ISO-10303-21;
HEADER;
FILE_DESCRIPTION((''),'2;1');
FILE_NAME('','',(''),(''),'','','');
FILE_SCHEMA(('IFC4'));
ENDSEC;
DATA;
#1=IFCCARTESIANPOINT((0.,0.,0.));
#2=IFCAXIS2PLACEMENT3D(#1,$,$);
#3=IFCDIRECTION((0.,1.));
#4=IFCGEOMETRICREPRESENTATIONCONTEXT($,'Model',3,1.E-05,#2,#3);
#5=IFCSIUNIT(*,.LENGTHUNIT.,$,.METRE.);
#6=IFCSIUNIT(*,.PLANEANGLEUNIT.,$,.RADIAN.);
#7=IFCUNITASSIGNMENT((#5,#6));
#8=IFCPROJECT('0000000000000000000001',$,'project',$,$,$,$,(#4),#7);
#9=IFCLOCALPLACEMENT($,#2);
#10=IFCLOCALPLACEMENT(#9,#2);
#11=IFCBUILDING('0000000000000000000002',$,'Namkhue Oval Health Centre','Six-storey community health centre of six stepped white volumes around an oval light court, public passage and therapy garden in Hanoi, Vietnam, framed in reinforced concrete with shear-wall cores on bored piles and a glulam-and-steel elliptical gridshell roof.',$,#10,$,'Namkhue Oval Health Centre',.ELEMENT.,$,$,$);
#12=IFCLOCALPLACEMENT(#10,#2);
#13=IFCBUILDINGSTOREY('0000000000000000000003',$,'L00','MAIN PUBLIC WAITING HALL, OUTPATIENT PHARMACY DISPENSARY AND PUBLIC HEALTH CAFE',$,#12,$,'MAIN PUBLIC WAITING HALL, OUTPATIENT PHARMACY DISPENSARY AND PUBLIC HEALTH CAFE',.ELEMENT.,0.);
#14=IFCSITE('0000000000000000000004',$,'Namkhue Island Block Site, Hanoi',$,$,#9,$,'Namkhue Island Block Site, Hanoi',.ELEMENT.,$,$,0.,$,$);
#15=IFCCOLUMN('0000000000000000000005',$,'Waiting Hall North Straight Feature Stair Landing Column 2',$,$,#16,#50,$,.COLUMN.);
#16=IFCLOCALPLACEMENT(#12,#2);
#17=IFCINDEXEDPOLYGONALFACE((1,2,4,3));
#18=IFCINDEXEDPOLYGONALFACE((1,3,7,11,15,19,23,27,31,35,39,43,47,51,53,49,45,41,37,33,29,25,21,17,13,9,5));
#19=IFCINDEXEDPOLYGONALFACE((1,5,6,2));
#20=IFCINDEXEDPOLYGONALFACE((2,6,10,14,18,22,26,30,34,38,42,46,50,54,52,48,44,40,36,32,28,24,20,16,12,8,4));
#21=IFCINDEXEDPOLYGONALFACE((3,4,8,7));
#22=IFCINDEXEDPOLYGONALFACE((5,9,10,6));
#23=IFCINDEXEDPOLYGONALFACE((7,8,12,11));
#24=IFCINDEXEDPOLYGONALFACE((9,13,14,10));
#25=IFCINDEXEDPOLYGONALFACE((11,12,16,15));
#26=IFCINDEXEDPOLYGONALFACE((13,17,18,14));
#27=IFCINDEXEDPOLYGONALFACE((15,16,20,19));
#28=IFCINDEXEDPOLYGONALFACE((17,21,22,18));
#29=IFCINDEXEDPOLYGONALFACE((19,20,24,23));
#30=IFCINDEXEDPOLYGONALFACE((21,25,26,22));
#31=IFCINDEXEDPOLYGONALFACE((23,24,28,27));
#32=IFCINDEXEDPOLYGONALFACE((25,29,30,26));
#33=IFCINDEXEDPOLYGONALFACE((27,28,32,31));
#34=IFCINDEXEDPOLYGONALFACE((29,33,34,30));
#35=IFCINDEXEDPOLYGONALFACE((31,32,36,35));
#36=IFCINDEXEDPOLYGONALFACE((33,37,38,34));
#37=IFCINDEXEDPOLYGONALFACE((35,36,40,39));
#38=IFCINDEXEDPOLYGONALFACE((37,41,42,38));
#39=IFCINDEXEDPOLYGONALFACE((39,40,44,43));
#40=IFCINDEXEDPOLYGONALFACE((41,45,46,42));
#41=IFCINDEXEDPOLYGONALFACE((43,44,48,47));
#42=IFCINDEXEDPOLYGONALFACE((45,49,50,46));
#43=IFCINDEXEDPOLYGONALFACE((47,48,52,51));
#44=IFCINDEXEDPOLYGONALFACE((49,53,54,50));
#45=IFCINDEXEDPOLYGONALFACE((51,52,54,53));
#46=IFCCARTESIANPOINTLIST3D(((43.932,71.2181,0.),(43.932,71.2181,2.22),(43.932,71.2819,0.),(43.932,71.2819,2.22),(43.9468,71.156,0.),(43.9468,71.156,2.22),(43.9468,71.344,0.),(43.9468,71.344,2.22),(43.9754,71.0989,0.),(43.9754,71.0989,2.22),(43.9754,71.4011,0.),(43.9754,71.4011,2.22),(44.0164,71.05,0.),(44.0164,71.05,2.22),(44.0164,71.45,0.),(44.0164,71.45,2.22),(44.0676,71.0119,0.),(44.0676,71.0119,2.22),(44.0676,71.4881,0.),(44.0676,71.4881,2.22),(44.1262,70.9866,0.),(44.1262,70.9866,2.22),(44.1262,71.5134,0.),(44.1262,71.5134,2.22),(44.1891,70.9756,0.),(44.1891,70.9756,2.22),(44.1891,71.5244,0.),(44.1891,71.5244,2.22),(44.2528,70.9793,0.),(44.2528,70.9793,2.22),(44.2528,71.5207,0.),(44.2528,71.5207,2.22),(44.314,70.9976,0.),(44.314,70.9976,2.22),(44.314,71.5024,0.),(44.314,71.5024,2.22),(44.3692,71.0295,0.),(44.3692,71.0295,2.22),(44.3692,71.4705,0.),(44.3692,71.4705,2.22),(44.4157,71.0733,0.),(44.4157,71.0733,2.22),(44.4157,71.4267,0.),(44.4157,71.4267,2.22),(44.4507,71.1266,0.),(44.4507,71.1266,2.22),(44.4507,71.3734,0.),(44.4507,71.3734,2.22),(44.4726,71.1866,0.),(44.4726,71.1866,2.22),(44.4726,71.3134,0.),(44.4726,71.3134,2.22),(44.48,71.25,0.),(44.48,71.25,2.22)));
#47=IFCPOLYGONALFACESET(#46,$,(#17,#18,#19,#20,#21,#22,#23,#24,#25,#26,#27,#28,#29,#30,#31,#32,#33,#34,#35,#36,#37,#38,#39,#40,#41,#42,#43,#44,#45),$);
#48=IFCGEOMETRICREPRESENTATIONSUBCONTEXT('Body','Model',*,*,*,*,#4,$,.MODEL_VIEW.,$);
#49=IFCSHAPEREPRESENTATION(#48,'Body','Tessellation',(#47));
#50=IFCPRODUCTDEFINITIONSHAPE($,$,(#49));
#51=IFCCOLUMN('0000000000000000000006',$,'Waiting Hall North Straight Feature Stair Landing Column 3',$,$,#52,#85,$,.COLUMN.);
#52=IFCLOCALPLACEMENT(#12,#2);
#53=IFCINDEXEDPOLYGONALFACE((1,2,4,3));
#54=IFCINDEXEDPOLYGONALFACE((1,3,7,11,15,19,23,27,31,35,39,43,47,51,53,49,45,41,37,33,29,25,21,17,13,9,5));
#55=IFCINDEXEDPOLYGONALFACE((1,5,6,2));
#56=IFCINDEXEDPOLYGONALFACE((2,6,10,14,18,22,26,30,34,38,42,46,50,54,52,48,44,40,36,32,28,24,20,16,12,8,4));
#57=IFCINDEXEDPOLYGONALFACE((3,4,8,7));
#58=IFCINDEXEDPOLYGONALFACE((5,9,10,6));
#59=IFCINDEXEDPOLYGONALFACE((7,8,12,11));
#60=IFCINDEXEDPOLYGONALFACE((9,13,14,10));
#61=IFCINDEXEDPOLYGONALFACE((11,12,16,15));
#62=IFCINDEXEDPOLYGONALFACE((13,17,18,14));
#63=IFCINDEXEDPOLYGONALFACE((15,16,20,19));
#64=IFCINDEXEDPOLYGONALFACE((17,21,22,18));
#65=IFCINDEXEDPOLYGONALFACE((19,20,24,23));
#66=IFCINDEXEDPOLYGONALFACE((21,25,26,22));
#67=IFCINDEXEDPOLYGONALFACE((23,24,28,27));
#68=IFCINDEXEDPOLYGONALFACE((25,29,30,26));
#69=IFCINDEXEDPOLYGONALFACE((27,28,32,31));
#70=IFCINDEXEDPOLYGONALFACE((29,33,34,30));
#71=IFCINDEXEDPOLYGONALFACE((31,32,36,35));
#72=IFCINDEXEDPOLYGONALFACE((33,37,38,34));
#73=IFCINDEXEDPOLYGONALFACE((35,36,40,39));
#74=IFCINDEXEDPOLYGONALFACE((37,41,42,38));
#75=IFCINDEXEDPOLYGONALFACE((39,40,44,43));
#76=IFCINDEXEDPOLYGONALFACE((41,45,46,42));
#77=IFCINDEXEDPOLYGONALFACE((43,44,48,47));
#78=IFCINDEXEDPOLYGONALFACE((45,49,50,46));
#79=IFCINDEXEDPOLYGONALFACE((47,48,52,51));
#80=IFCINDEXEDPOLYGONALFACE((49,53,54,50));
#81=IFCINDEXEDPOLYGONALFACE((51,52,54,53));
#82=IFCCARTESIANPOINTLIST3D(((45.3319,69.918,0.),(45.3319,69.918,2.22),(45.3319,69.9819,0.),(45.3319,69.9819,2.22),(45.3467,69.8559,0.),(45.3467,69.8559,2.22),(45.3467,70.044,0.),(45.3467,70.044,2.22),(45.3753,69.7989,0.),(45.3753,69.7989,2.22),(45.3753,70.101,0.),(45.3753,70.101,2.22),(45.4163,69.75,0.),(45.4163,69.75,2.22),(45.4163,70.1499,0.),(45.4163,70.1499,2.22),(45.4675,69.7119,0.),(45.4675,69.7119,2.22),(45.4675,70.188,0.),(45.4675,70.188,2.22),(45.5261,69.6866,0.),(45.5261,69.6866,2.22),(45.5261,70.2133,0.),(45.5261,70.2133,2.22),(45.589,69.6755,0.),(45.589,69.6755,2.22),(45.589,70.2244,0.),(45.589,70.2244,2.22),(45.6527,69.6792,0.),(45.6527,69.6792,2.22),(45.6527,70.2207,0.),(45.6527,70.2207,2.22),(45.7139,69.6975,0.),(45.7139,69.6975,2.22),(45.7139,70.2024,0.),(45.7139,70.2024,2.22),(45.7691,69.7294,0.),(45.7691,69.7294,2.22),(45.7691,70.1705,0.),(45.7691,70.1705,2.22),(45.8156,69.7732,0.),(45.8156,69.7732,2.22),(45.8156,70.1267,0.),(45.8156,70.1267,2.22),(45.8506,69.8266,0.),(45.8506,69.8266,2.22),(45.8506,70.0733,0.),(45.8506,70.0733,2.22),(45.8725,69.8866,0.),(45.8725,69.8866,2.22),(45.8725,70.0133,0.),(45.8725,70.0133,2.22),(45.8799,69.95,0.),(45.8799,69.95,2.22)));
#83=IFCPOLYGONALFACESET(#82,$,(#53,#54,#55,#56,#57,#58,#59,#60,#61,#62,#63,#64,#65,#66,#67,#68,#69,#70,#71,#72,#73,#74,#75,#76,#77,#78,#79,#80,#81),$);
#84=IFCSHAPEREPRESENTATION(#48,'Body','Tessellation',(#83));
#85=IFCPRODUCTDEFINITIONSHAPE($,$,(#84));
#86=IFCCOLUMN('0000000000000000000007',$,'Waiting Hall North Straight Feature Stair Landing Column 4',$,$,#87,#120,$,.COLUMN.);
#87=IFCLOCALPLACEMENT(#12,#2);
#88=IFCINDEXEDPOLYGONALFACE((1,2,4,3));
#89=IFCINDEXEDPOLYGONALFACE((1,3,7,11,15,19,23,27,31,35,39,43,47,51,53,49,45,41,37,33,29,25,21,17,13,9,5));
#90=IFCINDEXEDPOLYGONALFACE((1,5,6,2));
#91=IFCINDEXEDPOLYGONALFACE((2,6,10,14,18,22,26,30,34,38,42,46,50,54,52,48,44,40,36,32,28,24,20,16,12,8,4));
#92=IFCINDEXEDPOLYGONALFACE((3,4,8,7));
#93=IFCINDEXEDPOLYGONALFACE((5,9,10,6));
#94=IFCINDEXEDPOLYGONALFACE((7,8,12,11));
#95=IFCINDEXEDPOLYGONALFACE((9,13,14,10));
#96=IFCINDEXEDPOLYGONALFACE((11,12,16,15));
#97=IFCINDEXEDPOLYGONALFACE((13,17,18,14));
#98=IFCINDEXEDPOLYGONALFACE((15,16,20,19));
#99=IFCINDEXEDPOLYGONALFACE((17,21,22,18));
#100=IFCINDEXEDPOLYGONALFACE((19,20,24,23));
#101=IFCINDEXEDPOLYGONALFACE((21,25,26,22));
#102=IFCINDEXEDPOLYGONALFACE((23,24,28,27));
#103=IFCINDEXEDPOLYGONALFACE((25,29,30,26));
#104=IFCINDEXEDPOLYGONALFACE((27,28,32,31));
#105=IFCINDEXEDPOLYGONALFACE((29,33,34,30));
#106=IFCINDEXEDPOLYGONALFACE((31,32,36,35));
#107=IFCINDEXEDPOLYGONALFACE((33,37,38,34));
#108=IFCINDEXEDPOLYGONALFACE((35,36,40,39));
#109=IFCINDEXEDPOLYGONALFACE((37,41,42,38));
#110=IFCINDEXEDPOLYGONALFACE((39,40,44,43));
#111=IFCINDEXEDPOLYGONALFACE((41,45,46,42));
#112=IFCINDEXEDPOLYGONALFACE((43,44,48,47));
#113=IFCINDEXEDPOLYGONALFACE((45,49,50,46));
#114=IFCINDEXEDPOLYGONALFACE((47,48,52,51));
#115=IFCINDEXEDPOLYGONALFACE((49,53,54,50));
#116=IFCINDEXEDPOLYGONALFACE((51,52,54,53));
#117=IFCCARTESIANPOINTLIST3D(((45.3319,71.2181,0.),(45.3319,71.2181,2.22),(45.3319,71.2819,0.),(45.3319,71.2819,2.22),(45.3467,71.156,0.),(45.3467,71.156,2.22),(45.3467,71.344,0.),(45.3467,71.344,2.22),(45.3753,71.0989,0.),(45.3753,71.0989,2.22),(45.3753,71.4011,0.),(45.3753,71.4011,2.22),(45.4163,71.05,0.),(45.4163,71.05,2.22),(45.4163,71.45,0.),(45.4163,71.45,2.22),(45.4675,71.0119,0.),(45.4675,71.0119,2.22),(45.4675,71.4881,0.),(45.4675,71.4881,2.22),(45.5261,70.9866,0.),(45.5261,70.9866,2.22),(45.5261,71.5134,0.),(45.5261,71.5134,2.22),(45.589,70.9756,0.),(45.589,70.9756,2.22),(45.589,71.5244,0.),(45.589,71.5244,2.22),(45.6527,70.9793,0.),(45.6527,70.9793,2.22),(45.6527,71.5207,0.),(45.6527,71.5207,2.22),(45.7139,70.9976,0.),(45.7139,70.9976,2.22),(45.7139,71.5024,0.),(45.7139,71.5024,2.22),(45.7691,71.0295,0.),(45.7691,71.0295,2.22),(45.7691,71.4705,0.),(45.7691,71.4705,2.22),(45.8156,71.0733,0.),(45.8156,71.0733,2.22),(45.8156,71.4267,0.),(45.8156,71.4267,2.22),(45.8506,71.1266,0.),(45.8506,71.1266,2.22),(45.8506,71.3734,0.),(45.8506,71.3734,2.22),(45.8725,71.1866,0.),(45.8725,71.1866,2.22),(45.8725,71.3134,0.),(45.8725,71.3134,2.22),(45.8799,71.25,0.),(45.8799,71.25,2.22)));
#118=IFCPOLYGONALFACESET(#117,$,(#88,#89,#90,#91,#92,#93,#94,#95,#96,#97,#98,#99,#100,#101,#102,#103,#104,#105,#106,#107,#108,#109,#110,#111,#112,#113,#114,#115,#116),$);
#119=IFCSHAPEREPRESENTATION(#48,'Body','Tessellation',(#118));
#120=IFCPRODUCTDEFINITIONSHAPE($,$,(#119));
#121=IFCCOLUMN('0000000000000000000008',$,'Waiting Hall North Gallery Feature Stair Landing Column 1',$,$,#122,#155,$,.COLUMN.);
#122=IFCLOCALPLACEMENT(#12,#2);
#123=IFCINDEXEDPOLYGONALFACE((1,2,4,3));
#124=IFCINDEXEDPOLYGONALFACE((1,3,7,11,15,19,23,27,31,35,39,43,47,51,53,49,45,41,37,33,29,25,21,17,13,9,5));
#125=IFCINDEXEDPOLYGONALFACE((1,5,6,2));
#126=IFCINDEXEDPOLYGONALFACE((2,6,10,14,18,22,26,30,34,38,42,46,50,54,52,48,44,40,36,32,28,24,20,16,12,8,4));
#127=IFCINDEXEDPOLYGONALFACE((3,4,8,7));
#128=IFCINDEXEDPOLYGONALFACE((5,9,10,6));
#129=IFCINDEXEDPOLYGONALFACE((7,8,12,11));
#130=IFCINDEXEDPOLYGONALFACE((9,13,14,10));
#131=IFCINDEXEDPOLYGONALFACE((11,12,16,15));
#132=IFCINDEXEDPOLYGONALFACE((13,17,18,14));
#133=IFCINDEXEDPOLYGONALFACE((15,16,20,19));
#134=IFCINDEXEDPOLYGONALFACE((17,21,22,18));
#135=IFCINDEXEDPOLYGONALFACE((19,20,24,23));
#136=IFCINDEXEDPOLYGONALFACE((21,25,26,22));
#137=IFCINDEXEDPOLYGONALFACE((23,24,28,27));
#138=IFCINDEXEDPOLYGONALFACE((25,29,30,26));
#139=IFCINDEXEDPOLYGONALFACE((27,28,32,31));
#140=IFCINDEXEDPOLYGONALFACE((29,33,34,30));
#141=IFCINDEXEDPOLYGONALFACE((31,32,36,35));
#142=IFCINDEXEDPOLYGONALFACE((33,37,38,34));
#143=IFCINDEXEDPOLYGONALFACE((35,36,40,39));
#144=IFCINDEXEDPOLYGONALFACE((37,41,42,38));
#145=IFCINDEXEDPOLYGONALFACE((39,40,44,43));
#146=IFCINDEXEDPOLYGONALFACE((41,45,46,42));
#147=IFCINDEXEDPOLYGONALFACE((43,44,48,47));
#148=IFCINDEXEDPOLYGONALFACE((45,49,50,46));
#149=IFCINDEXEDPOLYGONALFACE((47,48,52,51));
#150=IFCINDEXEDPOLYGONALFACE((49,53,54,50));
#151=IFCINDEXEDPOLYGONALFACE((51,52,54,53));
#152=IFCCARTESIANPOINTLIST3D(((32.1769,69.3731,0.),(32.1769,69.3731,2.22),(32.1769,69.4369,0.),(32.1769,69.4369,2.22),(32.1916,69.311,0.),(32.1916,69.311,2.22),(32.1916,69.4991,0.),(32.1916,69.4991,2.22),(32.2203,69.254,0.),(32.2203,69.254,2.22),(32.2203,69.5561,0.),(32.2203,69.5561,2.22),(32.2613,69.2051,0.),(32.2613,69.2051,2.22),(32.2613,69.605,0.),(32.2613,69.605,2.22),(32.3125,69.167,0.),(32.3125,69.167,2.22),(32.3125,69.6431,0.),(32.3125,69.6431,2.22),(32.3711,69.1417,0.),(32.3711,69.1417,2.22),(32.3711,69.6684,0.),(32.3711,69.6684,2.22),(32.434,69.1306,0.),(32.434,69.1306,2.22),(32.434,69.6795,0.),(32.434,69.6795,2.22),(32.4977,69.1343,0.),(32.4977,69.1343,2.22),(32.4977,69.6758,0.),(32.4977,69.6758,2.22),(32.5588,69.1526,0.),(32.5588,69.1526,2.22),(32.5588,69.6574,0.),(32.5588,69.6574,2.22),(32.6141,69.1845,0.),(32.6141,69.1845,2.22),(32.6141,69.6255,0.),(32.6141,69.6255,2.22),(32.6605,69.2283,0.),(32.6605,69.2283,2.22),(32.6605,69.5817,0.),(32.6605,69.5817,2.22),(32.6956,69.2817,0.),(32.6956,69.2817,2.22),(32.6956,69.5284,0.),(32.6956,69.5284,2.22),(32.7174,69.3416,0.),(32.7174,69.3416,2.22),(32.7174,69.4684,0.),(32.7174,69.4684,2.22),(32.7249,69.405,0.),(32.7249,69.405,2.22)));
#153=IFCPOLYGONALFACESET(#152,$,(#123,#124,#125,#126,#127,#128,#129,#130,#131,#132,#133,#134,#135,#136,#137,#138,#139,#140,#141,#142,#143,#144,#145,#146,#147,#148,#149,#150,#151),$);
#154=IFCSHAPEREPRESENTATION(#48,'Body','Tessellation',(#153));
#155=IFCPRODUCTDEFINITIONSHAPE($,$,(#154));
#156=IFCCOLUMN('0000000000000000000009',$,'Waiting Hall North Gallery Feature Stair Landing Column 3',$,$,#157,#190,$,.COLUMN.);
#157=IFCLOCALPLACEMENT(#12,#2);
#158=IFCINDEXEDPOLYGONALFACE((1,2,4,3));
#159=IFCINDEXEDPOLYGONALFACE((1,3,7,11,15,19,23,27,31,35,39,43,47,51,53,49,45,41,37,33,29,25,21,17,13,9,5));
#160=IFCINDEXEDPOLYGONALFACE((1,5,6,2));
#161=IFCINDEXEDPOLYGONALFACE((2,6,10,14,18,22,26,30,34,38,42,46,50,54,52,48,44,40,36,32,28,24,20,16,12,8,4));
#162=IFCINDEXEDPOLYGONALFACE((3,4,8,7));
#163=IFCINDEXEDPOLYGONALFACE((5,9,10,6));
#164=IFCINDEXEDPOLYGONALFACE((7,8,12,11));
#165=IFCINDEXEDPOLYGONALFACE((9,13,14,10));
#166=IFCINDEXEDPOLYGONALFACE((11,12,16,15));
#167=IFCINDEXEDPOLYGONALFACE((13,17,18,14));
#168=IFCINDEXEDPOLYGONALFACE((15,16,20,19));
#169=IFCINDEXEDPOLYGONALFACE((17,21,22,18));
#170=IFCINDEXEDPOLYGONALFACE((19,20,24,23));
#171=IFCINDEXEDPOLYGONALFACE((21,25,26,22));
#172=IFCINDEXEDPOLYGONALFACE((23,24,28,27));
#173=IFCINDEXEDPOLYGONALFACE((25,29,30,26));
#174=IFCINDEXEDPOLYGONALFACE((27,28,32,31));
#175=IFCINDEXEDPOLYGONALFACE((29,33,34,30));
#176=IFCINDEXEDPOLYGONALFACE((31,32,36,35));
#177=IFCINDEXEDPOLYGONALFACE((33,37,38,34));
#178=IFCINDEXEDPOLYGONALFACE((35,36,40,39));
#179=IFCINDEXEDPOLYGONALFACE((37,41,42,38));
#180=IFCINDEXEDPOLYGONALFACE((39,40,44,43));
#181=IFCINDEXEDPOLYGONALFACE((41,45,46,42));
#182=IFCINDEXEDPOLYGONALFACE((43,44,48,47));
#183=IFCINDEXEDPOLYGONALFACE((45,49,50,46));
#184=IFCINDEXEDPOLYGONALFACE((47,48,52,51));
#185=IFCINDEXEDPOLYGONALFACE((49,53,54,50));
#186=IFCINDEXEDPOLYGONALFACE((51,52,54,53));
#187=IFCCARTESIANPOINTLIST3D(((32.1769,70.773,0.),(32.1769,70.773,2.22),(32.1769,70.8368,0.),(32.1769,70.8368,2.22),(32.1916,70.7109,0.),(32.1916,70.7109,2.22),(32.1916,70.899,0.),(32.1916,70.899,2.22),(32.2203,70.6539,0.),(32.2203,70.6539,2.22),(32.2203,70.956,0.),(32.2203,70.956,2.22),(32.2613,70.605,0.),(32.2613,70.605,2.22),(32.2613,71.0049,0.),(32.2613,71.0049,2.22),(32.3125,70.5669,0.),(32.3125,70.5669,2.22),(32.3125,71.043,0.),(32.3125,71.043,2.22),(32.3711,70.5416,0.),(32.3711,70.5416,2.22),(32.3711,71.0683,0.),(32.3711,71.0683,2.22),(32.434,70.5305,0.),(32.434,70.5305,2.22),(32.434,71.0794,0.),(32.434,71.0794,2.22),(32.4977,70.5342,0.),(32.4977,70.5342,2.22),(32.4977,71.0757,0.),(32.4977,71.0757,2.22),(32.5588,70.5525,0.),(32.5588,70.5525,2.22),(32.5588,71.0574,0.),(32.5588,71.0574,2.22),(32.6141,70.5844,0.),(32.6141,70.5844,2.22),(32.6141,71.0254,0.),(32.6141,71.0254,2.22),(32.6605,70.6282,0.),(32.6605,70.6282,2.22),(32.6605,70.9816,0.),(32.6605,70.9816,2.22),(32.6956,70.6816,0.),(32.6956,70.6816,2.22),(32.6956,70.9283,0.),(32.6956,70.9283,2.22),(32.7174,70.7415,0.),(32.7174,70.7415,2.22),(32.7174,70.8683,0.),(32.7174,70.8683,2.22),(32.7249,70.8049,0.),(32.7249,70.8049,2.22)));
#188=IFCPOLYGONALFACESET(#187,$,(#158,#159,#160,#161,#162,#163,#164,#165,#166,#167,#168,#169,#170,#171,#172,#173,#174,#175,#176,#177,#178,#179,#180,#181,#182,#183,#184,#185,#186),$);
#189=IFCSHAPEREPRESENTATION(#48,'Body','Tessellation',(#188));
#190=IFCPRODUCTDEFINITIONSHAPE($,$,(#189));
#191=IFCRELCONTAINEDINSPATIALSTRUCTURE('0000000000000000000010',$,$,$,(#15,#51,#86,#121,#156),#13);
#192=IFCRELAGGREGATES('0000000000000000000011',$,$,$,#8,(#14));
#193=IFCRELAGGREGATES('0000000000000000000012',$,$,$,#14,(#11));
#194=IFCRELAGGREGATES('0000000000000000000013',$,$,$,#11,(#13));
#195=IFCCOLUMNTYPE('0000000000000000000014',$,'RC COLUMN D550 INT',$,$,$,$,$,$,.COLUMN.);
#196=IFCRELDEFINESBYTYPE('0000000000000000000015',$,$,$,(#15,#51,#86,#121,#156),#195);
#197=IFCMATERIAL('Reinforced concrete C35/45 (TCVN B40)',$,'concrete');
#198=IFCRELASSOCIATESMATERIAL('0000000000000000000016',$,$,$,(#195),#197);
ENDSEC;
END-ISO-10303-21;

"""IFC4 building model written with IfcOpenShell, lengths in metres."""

from ifc_helpers import new_model, si_unit, direction, frame, origin, origin_2d, place, context, subcontext, project, spatial, circle, extrude, material, material_profile, profile_set, type_object, element, save


model = new_model("IFC4")

# Units and contexts
model_context = context("Model", 3, precision=1e-05, world=origin(), true_north=direction((0.0, 1.0)))
body_context = subcontext(model_context, "Body", "Model", "MODEL_VIEW")
ifc_project = project(units=[si_unit("LENGTHUNIT", "METRE"), si_unit("PLANEANGLEUNIT", "RADIAN")], contexts=[model_context])

# Site, building, storey
site_placement = place(None, origin())
site = spatial("IfcSite", under=ifc_project, at=site_placement, Name="Namkhue Island Block Site, Hanoi", LongName="Namkhue Island Block Site, Hanoi", CompositionType="ELEMENT", RefElevation=0.0)
building_placement = place(site_placement, origin())
building = spatial("IfcBuilding", under=site, at=building_placement, Name="Namkhue Oval Health Centre", Description="Six-storey community health centre of six stepped white volumes around an oval light court, public passage and therapy garden in Hanoi, Vietnam, framed in reinforced concrete with shear-wall cores on bored piles and a glulam-and-steel elliptical gridshell roof.", LongName="Namkhue Oval Health Centre", CompositionType="ELEMENT")
storey_placement = place(building_placement, origin())
storey = spatial("IfcBuildingStorey", under=building, at=storey_placement, Name="L00", Description="MAIN PUBLIC WAITING HALL, OUTPATIENT PHARMACY DISPENSARY AND PUBLIC HEALTH CAFE", LongName="MAIN PUBLIC WAITING HALL, OUTPATIENT PHARMACY DISPENSARY AND PUBLIC HEALTH CAFE", CompositionType="ELEMENT", Elevation=0.0)

# Columns
ifc_material_1 = material(Name="Reinforced concrete C35/45 (TCVN B40)", Category="concrete")
ifc_material_profile_1 = material_profile(ifc_material_1, circle(Radius=0.2749, at=origin_2d()), Name="RC D550")
ifc_profile_set_1 = profile_set([ifc_material_profile_1], Name="Reinforced concrete C35/45 (TCVN B40)")
column_type_1 = type_object("IfcColumnType", Name="RC COLUMN D550 INT", PredefinedType="COLUMN", material=ifc_profile_set_1)
for number, where, z_axis, x_axis, name in (
    (1, (44.2051, 71.25, 0.0), (0.0, 0.0, 1.0), (1.0, 0.0, 0.0), "Waiting Hall North Straight Feature Stair Landing Column 2"),
    (2, (45.605, 69.95, 0.0), (0.0, 0.0, 1.0), (1.0, 0.0, 0.0), "Waiting Hall North Straight Feature Stair Landing Column 3"),
    (3, (45.605, 71.25, 0.0), (0.0, 0.0, 1.0), (1.0, 0.0, 0.0), "Waiting Hall North Straight Feature Stair Landing Column 4"),
    (4, (32.45, 69.405, 0.0), (0.0, 0.0, 1.0), (1.0, 0.0, 0.0), "Waiting Hall North Gallery Feature Stair Landing Column 1"),
    (5, (32.45, 70.8049, 0.0), (0.0, 0.0, 1.0), (1.0, 0.0, 0.0), "Waiting Hall North Gallery Feature Stair Landing Column 3"),
):
    element("IfcColumn", number, at=place(storey_placement, frame(where, z_axis=z_axis, x_axis=x_axis)), inside=storey, type_object=column_type_1, Name=name, PredefinedType="COLUMN", context=body_context, shape_type="SweptSolid", body=[
        extrude(circle(Radius=0.2749, at=origin_2d()), origin(), (0.0, 0.0, 1.0), 2.22),
    ])

save(model, "model.ifc")
